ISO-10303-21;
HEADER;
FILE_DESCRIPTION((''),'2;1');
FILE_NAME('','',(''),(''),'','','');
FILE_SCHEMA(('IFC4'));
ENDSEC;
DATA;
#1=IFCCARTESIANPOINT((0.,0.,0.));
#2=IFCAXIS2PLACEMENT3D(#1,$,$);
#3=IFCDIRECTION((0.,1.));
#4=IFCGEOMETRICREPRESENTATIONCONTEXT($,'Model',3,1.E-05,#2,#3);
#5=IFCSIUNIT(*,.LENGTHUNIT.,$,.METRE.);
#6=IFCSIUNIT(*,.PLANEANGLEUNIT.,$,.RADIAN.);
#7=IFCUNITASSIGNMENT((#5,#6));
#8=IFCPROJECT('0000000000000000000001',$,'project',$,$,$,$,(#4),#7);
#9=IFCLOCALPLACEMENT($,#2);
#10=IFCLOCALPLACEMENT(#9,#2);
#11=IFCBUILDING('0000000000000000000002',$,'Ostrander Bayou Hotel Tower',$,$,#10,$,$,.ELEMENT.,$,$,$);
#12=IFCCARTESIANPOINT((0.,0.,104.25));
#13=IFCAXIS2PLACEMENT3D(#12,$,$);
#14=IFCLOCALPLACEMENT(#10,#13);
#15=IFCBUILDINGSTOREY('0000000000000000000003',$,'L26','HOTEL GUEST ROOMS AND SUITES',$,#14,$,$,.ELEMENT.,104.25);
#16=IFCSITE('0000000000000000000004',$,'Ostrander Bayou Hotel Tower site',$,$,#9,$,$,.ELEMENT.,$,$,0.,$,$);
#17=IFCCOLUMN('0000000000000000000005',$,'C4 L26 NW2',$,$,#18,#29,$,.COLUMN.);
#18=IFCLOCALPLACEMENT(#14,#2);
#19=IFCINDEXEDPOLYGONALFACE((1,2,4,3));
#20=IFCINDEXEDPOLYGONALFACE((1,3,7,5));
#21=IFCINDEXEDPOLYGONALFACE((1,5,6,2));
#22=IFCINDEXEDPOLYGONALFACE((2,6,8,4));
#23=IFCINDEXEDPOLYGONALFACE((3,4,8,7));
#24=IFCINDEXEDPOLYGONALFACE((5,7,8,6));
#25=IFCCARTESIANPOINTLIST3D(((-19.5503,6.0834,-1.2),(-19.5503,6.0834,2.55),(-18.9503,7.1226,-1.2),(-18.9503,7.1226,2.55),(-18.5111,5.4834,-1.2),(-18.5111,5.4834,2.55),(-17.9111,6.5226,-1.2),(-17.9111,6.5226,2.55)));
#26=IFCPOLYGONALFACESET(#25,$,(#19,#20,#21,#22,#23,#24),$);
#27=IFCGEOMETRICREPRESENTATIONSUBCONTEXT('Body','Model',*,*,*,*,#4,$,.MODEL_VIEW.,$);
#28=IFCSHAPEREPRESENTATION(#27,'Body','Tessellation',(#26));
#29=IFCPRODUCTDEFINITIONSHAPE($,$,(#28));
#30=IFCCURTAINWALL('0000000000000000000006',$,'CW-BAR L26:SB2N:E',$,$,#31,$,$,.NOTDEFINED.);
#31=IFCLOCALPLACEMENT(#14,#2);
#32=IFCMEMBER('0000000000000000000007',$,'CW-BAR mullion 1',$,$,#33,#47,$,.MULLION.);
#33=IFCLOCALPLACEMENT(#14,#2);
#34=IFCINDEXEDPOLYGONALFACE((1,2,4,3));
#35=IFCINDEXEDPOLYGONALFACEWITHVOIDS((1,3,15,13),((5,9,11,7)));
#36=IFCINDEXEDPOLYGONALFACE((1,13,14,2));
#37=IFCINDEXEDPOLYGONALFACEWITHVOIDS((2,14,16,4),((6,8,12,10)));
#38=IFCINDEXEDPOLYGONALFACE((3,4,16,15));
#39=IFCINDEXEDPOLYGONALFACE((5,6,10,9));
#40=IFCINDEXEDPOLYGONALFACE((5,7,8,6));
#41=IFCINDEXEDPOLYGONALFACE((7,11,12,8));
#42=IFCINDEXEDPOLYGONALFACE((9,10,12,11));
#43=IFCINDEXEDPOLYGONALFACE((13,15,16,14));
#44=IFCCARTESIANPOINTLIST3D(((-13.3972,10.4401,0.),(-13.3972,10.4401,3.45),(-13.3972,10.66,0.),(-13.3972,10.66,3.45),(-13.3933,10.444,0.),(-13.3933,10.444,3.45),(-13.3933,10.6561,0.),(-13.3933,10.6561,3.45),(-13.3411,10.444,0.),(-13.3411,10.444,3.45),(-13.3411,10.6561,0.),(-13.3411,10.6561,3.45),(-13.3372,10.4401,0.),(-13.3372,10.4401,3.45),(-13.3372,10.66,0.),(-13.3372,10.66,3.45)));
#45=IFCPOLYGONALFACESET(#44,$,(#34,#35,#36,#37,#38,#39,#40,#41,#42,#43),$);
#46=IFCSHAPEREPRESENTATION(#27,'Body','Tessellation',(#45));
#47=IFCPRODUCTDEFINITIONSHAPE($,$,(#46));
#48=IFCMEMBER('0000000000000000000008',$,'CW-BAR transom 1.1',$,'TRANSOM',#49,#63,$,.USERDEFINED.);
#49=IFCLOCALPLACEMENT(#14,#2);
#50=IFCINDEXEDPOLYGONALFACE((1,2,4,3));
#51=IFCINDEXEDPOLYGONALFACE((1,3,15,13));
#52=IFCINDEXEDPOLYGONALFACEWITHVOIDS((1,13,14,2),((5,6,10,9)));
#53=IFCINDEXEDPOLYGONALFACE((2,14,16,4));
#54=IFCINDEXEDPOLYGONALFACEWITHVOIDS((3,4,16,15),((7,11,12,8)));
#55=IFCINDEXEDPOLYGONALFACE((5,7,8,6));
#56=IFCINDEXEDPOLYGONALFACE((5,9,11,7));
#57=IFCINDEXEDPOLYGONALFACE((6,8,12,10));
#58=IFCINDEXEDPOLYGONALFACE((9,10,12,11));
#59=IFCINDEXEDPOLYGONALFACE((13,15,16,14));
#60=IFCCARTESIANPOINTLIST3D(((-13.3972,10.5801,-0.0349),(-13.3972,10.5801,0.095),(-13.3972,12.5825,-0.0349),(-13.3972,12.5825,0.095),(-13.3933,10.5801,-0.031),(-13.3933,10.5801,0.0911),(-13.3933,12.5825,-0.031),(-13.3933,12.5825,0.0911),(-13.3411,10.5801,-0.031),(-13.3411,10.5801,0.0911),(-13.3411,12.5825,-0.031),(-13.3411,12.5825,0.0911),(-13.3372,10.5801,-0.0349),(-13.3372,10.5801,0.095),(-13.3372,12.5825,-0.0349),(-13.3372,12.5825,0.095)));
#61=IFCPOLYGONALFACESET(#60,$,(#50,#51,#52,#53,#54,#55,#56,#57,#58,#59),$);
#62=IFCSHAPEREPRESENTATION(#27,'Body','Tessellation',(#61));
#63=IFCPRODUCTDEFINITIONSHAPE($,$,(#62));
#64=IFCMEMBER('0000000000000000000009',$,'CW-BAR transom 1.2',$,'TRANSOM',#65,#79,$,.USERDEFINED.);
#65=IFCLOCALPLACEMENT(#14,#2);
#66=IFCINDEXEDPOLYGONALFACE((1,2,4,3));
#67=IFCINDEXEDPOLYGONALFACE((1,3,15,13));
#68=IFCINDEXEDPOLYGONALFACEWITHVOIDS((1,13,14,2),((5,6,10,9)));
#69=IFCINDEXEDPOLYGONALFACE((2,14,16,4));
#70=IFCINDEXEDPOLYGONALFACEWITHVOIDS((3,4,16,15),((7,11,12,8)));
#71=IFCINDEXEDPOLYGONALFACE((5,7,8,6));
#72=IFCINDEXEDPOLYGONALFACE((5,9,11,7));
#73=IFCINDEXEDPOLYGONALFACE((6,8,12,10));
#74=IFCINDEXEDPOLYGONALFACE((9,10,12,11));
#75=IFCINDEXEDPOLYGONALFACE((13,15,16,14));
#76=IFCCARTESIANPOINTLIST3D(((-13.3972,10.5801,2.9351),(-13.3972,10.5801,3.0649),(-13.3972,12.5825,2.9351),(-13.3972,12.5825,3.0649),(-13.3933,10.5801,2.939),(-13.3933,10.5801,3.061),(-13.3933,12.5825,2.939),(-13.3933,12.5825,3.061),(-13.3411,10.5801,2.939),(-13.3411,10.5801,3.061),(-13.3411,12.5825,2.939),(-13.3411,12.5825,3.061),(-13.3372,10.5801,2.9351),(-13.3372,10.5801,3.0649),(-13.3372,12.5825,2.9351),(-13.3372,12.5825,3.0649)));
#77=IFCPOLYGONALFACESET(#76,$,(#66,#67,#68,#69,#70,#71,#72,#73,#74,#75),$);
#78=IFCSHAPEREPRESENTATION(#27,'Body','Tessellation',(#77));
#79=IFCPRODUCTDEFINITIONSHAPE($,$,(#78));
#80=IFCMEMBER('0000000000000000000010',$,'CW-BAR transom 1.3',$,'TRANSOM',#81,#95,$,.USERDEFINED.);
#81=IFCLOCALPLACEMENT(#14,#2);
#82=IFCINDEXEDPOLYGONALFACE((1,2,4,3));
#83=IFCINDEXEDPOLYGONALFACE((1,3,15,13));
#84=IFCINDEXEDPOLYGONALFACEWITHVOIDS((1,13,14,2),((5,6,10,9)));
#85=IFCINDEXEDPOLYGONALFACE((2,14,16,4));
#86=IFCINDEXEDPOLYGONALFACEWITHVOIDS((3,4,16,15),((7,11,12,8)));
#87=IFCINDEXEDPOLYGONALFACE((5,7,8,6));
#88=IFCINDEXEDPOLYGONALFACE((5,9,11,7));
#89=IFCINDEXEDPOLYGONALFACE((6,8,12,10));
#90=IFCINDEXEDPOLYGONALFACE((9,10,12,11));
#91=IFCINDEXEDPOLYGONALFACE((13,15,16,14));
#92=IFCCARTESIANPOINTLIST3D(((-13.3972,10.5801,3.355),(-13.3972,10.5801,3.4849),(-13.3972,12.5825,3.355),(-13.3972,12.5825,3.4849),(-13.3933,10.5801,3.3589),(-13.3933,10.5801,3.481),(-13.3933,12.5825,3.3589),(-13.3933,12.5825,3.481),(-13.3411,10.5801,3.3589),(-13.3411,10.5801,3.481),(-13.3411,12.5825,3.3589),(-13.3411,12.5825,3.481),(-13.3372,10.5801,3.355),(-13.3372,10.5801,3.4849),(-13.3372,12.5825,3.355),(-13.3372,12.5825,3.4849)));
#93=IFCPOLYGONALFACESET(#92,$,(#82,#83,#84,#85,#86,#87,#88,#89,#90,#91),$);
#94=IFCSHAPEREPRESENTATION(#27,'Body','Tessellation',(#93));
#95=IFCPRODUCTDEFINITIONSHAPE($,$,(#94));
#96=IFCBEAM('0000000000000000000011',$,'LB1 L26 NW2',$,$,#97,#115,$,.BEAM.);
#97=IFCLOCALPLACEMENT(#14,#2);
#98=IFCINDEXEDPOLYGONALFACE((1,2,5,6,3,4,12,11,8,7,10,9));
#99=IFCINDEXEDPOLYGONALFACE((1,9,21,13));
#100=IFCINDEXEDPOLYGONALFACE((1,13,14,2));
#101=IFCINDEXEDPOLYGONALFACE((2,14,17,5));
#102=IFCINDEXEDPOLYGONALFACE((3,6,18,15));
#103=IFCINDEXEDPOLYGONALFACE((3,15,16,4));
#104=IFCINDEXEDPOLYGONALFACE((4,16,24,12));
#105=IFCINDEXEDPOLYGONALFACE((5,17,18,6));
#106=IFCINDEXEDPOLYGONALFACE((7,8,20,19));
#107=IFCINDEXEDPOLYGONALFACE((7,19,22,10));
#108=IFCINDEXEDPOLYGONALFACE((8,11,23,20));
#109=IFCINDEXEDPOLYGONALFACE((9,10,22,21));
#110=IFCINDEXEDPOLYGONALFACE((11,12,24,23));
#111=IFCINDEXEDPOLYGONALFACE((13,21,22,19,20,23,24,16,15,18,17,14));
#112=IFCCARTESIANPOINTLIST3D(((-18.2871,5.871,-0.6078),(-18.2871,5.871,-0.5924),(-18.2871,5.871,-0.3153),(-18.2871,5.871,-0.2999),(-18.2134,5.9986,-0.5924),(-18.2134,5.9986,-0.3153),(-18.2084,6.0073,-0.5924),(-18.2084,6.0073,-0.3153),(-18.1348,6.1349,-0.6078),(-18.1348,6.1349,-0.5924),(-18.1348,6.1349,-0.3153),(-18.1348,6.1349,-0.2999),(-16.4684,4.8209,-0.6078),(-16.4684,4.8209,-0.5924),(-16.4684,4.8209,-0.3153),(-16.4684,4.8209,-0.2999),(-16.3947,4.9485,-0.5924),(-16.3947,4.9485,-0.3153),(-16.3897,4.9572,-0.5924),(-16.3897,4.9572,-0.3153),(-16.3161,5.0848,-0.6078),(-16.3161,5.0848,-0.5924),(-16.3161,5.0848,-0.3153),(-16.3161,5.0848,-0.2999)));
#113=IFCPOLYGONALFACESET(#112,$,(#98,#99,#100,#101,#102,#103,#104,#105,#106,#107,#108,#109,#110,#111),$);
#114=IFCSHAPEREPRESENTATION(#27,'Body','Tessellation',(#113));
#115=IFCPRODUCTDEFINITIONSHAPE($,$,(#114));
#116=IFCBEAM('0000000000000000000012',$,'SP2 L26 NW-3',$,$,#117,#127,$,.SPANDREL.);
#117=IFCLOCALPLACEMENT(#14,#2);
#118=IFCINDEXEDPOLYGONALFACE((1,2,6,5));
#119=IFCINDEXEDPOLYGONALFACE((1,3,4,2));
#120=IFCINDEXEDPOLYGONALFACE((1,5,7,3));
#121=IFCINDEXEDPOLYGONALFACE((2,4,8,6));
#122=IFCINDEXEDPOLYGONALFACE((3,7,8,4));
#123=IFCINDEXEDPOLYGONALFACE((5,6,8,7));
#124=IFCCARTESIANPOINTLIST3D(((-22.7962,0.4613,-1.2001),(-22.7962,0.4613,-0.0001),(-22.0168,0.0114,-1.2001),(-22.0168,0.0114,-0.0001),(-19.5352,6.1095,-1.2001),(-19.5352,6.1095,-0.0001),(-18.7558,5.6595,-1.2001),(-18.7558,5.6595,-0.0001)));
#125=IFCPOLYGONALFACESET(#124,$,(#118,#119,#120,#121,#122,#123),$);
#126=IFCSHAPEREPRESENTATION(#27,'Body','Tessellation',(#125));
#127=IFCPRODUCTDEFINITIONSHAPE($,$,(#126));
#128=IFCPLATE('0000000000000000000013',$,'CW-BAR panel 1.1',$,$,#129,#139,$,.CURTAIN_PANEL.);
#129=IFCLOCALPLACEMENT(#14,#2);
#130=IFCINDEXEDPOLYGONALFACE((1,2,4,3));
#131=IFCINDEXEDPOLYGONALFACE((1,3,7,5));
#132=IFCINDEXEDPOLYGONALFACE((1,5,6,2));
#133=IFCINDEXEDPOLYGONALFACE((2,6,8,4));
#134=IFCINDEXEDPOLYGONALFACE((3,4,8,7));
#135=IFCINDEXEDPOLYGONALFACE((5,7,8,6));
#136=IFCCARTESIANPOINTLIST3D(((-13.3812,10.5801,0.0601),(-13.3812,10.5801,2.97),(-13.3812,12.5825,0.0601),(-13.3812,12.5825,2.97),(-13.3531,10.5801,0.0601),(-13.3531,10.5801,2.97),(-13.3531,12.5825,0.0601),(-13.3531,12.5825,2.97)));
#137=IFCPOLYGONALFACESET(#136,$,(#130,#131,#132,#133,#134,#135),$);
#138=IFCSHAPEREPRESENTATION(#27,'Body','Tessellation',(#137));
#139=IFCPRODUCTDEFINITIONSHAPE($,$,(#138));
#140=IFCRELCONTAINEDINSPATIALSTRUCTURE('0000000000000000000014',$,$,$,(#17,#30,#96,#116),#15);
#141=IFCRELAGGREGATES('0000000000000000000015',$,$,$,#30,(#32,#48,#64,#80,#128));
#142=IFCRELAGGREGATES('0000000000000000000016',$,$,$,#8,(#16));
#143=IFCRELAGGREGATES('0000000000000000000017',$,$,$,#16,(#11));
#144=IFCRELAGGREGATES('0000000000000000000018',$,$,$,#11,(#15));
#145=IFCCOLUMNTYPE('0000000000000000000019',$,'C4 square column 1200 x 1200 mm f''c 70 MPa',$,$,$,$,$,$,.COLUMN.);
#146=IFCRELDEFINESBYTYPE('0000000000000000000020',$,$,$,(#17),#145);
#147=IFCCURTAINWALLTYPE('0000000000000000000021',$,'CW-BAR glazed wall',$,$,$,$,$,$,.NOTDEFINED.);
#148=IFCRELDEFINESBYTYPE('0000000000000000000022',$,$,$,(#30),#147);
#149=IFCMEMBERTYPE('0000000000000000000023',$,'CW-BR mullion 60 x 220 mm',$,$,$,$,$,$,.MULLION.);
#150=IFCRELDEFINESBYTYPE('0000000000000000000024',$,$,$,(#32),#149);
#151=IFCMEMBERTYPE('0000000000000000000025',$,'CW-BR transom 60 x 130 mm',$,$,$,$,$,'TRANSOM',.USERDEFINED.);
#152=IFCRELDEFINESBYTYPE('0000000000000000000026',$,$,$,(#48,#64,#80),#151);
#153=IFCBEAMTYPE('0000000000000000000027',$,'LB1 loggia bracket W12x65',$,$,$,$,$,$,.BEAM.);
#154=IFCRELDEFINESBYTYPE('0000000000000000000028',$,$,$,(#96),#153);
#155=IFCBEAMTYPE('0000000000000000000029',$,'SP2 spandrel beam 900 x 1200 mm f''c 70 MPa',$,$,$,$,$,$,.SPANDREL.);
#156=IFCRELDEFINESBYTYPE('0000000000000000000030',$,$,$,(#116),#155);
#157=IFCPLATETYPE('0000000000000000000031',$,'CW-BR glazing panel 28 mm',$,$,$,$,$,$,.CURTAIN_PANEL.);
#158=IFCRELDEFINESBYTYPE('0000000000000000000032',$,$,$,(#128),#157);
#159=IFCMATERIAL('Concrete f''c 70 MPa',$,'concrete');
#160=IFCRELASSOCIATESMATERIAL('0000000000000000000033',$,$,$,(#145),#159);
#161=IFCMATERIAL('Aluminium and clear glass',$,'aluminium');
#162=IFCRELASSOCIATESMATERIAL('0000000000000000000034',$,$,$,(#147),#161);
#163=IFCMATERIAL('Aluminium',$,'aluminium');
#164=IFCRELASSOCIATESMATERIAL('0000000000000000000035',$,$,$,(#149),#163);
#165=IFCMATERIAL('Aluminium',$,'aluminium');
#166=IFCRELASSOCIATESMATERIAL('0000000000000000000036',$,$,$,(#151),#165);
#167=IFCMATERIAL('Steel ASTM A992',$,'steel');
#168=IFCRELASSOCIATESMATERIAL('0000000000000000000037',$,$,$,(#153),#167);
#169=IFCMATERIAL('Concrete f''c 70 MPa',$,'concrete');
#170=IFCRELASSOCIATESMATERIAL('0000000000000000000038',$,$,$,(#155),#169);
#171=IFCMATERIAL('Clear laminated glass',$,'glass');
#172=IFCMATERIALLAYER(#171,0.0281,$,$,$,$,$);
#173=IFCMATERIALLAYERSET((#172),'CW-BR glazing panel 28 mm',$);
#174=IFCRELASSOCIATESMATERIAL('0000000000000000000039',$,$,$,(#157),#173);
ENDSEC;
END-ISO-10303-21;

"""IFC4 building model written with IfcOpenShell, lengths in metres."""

from ifc_helpers import new_model, si_unit, direction, frame, origin, origin_2d, place, context, subcontext, project, spatial, rectangle, hollow_rectangle, i_section, extrude, material, layer, layer_set, material_profile, profile_set, type_object, element, aggregate, save


model = new_model("IFC4")

# Units and contexts
model_context = context("Model", 3, precision=1e-05, world=origin(), true_north=direction((0.0, 1.0)))
body_context = subcontext(model_context, "Body", "Model", "MODEL_VIEW")
ifc_project = project(units=[si_unit("LENGTHUNIT", "METRE"), si_unit("PLANEANGLEUNIT", "RADIAN")], contexts=[model_context])

# Site, building, storey
site_placement = place(None, origin())
site = spatial("IfcSite", under=ifc_project, at=site_placement, Name="Ostrander Bayou Hotel Tower site", CompositionType="ELEMENT", RefElevation=0.0)
building_placement = place(site_placement, origin())
building = spatial("IfcBuilding", under=site, at=building_placement, Name="Ostrander Bayou Hotel Tower", CompositionType="ELEMENT")
storey_placement = place(building_placement, frame((0.0, 0.0, 104.25)))
storey = spatial("IfcBuildingStorey", under=building, at=storey_placement, Name="L26", Description="HOTEL GUEST ROOMS AND SUITES", CompositionType="ELEMENT", Elevation=104.25)

# Column
ifc_material_1 = material(Name="Concrete f'c 70 MPa", Category="concrete")
ifc_material_profile_1 = material_profile(ifc_material_1, rectangle(XDim=1.2, YDim=1.2, at=origin_2d()))
ifc_profile_set_1 = profile_set([ifc_material_profile_1], Name="Concrete f'c 70 MPa")
column_type = type_object("IfcColumnType", Name="C4 square column 1200 x 1200 mm f'c 70 MPa", PredefinedType="COLUMN", material=ifc_profile_set_1)
column_placement = place(storey_placement, frame((-18.7307, 6.303, -1.2), z_axis=(0.0, 0.0, 1.0), x_axis=(0.5, 0.866025, 0.0)))
element("IfcColumn", 1, at=column_placement, inside=storey, type_object=column_type, Name="C4 L26 NW2", PredefinedType="COLUMN", context=body_context, shape_type="SweptSolid", body=[
    extrude(rectangle(XDim=1.2, YDim=1.2, at=origin_2d()), origin(), (0.0, 0.0, 1.0), 3.75),
])

# Curtain wall, members
ifc_material_2 = material(Name="Aluminium and clear glass", Category="aluminium")
curtain_wall_type = type_object("IfcCurtainWallType", Name="CW-BAR glazed wall", PredefinedType="NOTDEFINED", material=ifc_material_2)
curtain_wall_placement = place(storey_placement, origin())
curtain_wall = element("IfcCurtainWall", 2, at=curtain_wall_placement, inside=storey, type_object=curtain_wall_type, Name="CW-BAR L26:SB2N:E", PredefinedType="NOTDEFINED")
ifc_material_3 = material(Name="Aluminium", Category="aluminium")
ifc_material_profile_2 = material_profile(ifc_material_3, hollow_rectangle(XDim=0.0601, YDim=0.22, WallThickness=0.0039, at=origin_2d()))
ifc_profile_set_2 = profile_set([ifc_material_profile_2], Name="Aluminium")
member_type_1 = type_object("IfcMemberType", Name="CW-BR mullion 60 x 220 mm", PredefinedType="MULLION", material=ifc_profile_set_2)
member_1_placement = place(storey_placement, frame((-13.3672, 10.55, 0.0), z_axis=(0.0, 0.0, 1.0), x_axis=(-1.0, 0.0, 0.0)))
member_1 = element("IfcMember", 3, at=member_1_placement, type_object=member_type_1, Name="CW-BAR mullion 1", PredefinedType="MULLION", context=body_context, shape_type="SweptSolid", body=[
    extrude(hollow_rectangle(XDim=0.0601, YDim=0.22, WallThickness=0.0039, at=origin_2d()), origin(), (0.0, 0.0, 1.0), 3.45),
])
ifc_material_4 = material(Name="Aluminium", Category="aluminium")
ifc_material_profile_3 = material_profile(ifc_material_4, hollow_rectangle(XDim=0.0601, YDim=0.1299, WallThickness=0.0039, at=origin_2d()))
ifc_profile_set_3 = profile_set([ifc_material_profile_3], Name="Aluminium")
member_type_2 = type_object("IfcMemberType", Name="CW-BR transom 60 x 130 mm", ElementType="TRANSOM", PredefinedType="USERDEFINED", material=ifc_profile_set_3)
member_2_placement = place(storey_placement, frame((-13.3672, 10.5801, 0.03), z_axis=(0.0, 1.0, 0.0), x_axis=(-1.0, 0.0, 0.0)))
member_2 = element("IfcMember", 4, at=member_2_placement, type_object=member_type_2, Name="CW-BAR transom 1.1", ObjectType="TRANSOM", PredefinedType="USERDEFINED", context=body_context, shape_type="SweptSolid", body=[
    extrude(hollow_rectangle(XDim=0.0601, YDim=0.1299, WallThickness=0.0039, at=origin_2d()), origin(), (0.0, 0.0, 1.0), 2.0024),
])
member_3_placement = place(storey_placement, frame((-13.3672, 10.5801, 3.0), z_axis=(0.0, 1.0, 0.0), x_axis=(-1.0, 0.0, 0.0)))
member_3 = element("IfcMember", 5, at=member_3_placement, type_object=member_type_2, Name="CW-BAR transom 1.2", ObjectType="TRANSOM", PredefinedType="USERDEFINED", context=body_context, shape_type="SweptSolid", body=[
    extrude(hollow_rectangle(XDim=0.0601, YDim=0.1299, WallThickness=0.0039, at=origin_2d()), origin(), (0.0, 0.0, 1.0), 2.0024),
])
member_4_placement = place(storey_placement, frame((-13.3672, 10.5801, 3.4199), z_axis=(0.0, 1.0, 0.0), x_axis=(-1.0, 0.0, 0.0)))
member_4 = element("IfcMember", 6, at=member_4_placement, type_object=member_type_2, Name="CW-BAR transom 1.3", ObjectType="TRANSOM", PredefinedType="USERDEFINED", context=body_context, shape_type="SweptSolid", body=[
    extrude(hollow_rectangle(XDim=0.0601, YDim=0.1299, WallThickness=0.0039, at=origin_2d()), origin(), (0.0, 0.0, 1.0), 2.0024),
])

# Beams
ifc_material_5 = material(Name="Steel ASTM A992", Category="steel")
ifc_material_profile_4 = material_profile(ifc_material_5, i_section(OverallWidth=0.3047, OverallDepth=0.3079, WebThickness=0.01, FlangeThickness=0.0154, at=origin_2d()))
ifc_profile_set_4 = profile_set([ifc_material_profile_4], Name="Steel ASTM A992")
beam_type_1 = type_object("IfcBeamType", Name="LB1 loggia bracket W12x65", PredefinedType="BEAM", material=ifc_profile_set_4)
beam_1_placement = place(storey_placement, frame((-18.2109, 6.0029, -0.4539), z_axis=(0.866009, -0.500028, 0.0), x_axis=(0.500028, 0.866009, 0.0)))
element("IfcBeam", 7, at=beam_1_placement, inside=storey, type_object=beam_type_1, Name="LB1 L26 NW2", PredefinedType="BEAM", context=body_context, shape_type="SweptSolid", body=[
    extrude(i_section(OverallWidth=0.3047, OverallDepth=0.3079, WebThickness=0.01, FlangeThickness=0.0154, at=origin_2d()), origin(), (0.0, 0.0, 1.0), 2.1001),
])
ifc_material_6 = material(Name="Concrete f'c 70 MPa", Category="concrete")
ifc_material_profile_5 = material_profile(ifc_material_6, rectangle(XDim=0.8999, YDim=1.2, at=origin_2d()))
ifc_profile_set_5 = profile_set([ifc_material_profile_5], Name="Concrete f'c 70 MPa")
beam_type_2 = type_object("IfcBeamType", Name="SP2 spandrel beam 900 x 1200 mm f'c 70 MPa", PredefinedType="SPANDREL", material=ifc_profile_set_5)
beam_2_placement = place(storey_placement, frame((-19.1455, 5.8845, -0.6001), z_axis=(-0.5, -0.866025, 0.0), x_axis=(0.866025, -0.5, 0.0)))
element("IfcBeam", 8, at=beam_2_placement, inside=storey, type_object=beam_type_2, Name="SP2 L26 NW-3", PredefinedType="SPANDREL", context=body_context, shape_type="SweptSolid", body=[
    extrude(rectangle(XDim=0.8999, YDim=1.2, at=origin_2d()), origin(), (0.0, 0.0, 1.0), 6.522),
])

# Plate
ifc_material_7 = material(Name="Clear laminated glass", Category="glass")
ifc_layer_1 = layer(ifc_material_7, 0.0281)
ifc_layer_set_1 = layer_set([ifc_layer_1], Name="CW-BR glazing panel 28 mm")
plate_type = type_object("IfcPlateType", Name="CW-BR glazing panel 28 mm", PredefinedType="CURTAIN_PANEL", material=ifc_layer_set_1)
plate_placement = place(storey_placement, frame((-13.3672, 11.5813, 0.0601), z_axis=(0.0, 0.0, 1.0), x_axis=(0.0, 1.0, 0.0)))
plate = element("IfcPlate", 9, at=plate_placement, type_object=plate_type, Name="CW-BAR panel 1.1", PredefinedType="CURTAIN_PANEL", context=body_context, shape_type="SweptSolid", body=[
    extrude(rectangle(XDim=2.0024, YDim=0.0281, at=origin_2d()), origin(), (0.0, 0.0, 1.0), 2.9099),
])
aggregate(curtain_wall, [member_1, member_2, member_3, member_4, plate])

save(model, "model.ifc")
